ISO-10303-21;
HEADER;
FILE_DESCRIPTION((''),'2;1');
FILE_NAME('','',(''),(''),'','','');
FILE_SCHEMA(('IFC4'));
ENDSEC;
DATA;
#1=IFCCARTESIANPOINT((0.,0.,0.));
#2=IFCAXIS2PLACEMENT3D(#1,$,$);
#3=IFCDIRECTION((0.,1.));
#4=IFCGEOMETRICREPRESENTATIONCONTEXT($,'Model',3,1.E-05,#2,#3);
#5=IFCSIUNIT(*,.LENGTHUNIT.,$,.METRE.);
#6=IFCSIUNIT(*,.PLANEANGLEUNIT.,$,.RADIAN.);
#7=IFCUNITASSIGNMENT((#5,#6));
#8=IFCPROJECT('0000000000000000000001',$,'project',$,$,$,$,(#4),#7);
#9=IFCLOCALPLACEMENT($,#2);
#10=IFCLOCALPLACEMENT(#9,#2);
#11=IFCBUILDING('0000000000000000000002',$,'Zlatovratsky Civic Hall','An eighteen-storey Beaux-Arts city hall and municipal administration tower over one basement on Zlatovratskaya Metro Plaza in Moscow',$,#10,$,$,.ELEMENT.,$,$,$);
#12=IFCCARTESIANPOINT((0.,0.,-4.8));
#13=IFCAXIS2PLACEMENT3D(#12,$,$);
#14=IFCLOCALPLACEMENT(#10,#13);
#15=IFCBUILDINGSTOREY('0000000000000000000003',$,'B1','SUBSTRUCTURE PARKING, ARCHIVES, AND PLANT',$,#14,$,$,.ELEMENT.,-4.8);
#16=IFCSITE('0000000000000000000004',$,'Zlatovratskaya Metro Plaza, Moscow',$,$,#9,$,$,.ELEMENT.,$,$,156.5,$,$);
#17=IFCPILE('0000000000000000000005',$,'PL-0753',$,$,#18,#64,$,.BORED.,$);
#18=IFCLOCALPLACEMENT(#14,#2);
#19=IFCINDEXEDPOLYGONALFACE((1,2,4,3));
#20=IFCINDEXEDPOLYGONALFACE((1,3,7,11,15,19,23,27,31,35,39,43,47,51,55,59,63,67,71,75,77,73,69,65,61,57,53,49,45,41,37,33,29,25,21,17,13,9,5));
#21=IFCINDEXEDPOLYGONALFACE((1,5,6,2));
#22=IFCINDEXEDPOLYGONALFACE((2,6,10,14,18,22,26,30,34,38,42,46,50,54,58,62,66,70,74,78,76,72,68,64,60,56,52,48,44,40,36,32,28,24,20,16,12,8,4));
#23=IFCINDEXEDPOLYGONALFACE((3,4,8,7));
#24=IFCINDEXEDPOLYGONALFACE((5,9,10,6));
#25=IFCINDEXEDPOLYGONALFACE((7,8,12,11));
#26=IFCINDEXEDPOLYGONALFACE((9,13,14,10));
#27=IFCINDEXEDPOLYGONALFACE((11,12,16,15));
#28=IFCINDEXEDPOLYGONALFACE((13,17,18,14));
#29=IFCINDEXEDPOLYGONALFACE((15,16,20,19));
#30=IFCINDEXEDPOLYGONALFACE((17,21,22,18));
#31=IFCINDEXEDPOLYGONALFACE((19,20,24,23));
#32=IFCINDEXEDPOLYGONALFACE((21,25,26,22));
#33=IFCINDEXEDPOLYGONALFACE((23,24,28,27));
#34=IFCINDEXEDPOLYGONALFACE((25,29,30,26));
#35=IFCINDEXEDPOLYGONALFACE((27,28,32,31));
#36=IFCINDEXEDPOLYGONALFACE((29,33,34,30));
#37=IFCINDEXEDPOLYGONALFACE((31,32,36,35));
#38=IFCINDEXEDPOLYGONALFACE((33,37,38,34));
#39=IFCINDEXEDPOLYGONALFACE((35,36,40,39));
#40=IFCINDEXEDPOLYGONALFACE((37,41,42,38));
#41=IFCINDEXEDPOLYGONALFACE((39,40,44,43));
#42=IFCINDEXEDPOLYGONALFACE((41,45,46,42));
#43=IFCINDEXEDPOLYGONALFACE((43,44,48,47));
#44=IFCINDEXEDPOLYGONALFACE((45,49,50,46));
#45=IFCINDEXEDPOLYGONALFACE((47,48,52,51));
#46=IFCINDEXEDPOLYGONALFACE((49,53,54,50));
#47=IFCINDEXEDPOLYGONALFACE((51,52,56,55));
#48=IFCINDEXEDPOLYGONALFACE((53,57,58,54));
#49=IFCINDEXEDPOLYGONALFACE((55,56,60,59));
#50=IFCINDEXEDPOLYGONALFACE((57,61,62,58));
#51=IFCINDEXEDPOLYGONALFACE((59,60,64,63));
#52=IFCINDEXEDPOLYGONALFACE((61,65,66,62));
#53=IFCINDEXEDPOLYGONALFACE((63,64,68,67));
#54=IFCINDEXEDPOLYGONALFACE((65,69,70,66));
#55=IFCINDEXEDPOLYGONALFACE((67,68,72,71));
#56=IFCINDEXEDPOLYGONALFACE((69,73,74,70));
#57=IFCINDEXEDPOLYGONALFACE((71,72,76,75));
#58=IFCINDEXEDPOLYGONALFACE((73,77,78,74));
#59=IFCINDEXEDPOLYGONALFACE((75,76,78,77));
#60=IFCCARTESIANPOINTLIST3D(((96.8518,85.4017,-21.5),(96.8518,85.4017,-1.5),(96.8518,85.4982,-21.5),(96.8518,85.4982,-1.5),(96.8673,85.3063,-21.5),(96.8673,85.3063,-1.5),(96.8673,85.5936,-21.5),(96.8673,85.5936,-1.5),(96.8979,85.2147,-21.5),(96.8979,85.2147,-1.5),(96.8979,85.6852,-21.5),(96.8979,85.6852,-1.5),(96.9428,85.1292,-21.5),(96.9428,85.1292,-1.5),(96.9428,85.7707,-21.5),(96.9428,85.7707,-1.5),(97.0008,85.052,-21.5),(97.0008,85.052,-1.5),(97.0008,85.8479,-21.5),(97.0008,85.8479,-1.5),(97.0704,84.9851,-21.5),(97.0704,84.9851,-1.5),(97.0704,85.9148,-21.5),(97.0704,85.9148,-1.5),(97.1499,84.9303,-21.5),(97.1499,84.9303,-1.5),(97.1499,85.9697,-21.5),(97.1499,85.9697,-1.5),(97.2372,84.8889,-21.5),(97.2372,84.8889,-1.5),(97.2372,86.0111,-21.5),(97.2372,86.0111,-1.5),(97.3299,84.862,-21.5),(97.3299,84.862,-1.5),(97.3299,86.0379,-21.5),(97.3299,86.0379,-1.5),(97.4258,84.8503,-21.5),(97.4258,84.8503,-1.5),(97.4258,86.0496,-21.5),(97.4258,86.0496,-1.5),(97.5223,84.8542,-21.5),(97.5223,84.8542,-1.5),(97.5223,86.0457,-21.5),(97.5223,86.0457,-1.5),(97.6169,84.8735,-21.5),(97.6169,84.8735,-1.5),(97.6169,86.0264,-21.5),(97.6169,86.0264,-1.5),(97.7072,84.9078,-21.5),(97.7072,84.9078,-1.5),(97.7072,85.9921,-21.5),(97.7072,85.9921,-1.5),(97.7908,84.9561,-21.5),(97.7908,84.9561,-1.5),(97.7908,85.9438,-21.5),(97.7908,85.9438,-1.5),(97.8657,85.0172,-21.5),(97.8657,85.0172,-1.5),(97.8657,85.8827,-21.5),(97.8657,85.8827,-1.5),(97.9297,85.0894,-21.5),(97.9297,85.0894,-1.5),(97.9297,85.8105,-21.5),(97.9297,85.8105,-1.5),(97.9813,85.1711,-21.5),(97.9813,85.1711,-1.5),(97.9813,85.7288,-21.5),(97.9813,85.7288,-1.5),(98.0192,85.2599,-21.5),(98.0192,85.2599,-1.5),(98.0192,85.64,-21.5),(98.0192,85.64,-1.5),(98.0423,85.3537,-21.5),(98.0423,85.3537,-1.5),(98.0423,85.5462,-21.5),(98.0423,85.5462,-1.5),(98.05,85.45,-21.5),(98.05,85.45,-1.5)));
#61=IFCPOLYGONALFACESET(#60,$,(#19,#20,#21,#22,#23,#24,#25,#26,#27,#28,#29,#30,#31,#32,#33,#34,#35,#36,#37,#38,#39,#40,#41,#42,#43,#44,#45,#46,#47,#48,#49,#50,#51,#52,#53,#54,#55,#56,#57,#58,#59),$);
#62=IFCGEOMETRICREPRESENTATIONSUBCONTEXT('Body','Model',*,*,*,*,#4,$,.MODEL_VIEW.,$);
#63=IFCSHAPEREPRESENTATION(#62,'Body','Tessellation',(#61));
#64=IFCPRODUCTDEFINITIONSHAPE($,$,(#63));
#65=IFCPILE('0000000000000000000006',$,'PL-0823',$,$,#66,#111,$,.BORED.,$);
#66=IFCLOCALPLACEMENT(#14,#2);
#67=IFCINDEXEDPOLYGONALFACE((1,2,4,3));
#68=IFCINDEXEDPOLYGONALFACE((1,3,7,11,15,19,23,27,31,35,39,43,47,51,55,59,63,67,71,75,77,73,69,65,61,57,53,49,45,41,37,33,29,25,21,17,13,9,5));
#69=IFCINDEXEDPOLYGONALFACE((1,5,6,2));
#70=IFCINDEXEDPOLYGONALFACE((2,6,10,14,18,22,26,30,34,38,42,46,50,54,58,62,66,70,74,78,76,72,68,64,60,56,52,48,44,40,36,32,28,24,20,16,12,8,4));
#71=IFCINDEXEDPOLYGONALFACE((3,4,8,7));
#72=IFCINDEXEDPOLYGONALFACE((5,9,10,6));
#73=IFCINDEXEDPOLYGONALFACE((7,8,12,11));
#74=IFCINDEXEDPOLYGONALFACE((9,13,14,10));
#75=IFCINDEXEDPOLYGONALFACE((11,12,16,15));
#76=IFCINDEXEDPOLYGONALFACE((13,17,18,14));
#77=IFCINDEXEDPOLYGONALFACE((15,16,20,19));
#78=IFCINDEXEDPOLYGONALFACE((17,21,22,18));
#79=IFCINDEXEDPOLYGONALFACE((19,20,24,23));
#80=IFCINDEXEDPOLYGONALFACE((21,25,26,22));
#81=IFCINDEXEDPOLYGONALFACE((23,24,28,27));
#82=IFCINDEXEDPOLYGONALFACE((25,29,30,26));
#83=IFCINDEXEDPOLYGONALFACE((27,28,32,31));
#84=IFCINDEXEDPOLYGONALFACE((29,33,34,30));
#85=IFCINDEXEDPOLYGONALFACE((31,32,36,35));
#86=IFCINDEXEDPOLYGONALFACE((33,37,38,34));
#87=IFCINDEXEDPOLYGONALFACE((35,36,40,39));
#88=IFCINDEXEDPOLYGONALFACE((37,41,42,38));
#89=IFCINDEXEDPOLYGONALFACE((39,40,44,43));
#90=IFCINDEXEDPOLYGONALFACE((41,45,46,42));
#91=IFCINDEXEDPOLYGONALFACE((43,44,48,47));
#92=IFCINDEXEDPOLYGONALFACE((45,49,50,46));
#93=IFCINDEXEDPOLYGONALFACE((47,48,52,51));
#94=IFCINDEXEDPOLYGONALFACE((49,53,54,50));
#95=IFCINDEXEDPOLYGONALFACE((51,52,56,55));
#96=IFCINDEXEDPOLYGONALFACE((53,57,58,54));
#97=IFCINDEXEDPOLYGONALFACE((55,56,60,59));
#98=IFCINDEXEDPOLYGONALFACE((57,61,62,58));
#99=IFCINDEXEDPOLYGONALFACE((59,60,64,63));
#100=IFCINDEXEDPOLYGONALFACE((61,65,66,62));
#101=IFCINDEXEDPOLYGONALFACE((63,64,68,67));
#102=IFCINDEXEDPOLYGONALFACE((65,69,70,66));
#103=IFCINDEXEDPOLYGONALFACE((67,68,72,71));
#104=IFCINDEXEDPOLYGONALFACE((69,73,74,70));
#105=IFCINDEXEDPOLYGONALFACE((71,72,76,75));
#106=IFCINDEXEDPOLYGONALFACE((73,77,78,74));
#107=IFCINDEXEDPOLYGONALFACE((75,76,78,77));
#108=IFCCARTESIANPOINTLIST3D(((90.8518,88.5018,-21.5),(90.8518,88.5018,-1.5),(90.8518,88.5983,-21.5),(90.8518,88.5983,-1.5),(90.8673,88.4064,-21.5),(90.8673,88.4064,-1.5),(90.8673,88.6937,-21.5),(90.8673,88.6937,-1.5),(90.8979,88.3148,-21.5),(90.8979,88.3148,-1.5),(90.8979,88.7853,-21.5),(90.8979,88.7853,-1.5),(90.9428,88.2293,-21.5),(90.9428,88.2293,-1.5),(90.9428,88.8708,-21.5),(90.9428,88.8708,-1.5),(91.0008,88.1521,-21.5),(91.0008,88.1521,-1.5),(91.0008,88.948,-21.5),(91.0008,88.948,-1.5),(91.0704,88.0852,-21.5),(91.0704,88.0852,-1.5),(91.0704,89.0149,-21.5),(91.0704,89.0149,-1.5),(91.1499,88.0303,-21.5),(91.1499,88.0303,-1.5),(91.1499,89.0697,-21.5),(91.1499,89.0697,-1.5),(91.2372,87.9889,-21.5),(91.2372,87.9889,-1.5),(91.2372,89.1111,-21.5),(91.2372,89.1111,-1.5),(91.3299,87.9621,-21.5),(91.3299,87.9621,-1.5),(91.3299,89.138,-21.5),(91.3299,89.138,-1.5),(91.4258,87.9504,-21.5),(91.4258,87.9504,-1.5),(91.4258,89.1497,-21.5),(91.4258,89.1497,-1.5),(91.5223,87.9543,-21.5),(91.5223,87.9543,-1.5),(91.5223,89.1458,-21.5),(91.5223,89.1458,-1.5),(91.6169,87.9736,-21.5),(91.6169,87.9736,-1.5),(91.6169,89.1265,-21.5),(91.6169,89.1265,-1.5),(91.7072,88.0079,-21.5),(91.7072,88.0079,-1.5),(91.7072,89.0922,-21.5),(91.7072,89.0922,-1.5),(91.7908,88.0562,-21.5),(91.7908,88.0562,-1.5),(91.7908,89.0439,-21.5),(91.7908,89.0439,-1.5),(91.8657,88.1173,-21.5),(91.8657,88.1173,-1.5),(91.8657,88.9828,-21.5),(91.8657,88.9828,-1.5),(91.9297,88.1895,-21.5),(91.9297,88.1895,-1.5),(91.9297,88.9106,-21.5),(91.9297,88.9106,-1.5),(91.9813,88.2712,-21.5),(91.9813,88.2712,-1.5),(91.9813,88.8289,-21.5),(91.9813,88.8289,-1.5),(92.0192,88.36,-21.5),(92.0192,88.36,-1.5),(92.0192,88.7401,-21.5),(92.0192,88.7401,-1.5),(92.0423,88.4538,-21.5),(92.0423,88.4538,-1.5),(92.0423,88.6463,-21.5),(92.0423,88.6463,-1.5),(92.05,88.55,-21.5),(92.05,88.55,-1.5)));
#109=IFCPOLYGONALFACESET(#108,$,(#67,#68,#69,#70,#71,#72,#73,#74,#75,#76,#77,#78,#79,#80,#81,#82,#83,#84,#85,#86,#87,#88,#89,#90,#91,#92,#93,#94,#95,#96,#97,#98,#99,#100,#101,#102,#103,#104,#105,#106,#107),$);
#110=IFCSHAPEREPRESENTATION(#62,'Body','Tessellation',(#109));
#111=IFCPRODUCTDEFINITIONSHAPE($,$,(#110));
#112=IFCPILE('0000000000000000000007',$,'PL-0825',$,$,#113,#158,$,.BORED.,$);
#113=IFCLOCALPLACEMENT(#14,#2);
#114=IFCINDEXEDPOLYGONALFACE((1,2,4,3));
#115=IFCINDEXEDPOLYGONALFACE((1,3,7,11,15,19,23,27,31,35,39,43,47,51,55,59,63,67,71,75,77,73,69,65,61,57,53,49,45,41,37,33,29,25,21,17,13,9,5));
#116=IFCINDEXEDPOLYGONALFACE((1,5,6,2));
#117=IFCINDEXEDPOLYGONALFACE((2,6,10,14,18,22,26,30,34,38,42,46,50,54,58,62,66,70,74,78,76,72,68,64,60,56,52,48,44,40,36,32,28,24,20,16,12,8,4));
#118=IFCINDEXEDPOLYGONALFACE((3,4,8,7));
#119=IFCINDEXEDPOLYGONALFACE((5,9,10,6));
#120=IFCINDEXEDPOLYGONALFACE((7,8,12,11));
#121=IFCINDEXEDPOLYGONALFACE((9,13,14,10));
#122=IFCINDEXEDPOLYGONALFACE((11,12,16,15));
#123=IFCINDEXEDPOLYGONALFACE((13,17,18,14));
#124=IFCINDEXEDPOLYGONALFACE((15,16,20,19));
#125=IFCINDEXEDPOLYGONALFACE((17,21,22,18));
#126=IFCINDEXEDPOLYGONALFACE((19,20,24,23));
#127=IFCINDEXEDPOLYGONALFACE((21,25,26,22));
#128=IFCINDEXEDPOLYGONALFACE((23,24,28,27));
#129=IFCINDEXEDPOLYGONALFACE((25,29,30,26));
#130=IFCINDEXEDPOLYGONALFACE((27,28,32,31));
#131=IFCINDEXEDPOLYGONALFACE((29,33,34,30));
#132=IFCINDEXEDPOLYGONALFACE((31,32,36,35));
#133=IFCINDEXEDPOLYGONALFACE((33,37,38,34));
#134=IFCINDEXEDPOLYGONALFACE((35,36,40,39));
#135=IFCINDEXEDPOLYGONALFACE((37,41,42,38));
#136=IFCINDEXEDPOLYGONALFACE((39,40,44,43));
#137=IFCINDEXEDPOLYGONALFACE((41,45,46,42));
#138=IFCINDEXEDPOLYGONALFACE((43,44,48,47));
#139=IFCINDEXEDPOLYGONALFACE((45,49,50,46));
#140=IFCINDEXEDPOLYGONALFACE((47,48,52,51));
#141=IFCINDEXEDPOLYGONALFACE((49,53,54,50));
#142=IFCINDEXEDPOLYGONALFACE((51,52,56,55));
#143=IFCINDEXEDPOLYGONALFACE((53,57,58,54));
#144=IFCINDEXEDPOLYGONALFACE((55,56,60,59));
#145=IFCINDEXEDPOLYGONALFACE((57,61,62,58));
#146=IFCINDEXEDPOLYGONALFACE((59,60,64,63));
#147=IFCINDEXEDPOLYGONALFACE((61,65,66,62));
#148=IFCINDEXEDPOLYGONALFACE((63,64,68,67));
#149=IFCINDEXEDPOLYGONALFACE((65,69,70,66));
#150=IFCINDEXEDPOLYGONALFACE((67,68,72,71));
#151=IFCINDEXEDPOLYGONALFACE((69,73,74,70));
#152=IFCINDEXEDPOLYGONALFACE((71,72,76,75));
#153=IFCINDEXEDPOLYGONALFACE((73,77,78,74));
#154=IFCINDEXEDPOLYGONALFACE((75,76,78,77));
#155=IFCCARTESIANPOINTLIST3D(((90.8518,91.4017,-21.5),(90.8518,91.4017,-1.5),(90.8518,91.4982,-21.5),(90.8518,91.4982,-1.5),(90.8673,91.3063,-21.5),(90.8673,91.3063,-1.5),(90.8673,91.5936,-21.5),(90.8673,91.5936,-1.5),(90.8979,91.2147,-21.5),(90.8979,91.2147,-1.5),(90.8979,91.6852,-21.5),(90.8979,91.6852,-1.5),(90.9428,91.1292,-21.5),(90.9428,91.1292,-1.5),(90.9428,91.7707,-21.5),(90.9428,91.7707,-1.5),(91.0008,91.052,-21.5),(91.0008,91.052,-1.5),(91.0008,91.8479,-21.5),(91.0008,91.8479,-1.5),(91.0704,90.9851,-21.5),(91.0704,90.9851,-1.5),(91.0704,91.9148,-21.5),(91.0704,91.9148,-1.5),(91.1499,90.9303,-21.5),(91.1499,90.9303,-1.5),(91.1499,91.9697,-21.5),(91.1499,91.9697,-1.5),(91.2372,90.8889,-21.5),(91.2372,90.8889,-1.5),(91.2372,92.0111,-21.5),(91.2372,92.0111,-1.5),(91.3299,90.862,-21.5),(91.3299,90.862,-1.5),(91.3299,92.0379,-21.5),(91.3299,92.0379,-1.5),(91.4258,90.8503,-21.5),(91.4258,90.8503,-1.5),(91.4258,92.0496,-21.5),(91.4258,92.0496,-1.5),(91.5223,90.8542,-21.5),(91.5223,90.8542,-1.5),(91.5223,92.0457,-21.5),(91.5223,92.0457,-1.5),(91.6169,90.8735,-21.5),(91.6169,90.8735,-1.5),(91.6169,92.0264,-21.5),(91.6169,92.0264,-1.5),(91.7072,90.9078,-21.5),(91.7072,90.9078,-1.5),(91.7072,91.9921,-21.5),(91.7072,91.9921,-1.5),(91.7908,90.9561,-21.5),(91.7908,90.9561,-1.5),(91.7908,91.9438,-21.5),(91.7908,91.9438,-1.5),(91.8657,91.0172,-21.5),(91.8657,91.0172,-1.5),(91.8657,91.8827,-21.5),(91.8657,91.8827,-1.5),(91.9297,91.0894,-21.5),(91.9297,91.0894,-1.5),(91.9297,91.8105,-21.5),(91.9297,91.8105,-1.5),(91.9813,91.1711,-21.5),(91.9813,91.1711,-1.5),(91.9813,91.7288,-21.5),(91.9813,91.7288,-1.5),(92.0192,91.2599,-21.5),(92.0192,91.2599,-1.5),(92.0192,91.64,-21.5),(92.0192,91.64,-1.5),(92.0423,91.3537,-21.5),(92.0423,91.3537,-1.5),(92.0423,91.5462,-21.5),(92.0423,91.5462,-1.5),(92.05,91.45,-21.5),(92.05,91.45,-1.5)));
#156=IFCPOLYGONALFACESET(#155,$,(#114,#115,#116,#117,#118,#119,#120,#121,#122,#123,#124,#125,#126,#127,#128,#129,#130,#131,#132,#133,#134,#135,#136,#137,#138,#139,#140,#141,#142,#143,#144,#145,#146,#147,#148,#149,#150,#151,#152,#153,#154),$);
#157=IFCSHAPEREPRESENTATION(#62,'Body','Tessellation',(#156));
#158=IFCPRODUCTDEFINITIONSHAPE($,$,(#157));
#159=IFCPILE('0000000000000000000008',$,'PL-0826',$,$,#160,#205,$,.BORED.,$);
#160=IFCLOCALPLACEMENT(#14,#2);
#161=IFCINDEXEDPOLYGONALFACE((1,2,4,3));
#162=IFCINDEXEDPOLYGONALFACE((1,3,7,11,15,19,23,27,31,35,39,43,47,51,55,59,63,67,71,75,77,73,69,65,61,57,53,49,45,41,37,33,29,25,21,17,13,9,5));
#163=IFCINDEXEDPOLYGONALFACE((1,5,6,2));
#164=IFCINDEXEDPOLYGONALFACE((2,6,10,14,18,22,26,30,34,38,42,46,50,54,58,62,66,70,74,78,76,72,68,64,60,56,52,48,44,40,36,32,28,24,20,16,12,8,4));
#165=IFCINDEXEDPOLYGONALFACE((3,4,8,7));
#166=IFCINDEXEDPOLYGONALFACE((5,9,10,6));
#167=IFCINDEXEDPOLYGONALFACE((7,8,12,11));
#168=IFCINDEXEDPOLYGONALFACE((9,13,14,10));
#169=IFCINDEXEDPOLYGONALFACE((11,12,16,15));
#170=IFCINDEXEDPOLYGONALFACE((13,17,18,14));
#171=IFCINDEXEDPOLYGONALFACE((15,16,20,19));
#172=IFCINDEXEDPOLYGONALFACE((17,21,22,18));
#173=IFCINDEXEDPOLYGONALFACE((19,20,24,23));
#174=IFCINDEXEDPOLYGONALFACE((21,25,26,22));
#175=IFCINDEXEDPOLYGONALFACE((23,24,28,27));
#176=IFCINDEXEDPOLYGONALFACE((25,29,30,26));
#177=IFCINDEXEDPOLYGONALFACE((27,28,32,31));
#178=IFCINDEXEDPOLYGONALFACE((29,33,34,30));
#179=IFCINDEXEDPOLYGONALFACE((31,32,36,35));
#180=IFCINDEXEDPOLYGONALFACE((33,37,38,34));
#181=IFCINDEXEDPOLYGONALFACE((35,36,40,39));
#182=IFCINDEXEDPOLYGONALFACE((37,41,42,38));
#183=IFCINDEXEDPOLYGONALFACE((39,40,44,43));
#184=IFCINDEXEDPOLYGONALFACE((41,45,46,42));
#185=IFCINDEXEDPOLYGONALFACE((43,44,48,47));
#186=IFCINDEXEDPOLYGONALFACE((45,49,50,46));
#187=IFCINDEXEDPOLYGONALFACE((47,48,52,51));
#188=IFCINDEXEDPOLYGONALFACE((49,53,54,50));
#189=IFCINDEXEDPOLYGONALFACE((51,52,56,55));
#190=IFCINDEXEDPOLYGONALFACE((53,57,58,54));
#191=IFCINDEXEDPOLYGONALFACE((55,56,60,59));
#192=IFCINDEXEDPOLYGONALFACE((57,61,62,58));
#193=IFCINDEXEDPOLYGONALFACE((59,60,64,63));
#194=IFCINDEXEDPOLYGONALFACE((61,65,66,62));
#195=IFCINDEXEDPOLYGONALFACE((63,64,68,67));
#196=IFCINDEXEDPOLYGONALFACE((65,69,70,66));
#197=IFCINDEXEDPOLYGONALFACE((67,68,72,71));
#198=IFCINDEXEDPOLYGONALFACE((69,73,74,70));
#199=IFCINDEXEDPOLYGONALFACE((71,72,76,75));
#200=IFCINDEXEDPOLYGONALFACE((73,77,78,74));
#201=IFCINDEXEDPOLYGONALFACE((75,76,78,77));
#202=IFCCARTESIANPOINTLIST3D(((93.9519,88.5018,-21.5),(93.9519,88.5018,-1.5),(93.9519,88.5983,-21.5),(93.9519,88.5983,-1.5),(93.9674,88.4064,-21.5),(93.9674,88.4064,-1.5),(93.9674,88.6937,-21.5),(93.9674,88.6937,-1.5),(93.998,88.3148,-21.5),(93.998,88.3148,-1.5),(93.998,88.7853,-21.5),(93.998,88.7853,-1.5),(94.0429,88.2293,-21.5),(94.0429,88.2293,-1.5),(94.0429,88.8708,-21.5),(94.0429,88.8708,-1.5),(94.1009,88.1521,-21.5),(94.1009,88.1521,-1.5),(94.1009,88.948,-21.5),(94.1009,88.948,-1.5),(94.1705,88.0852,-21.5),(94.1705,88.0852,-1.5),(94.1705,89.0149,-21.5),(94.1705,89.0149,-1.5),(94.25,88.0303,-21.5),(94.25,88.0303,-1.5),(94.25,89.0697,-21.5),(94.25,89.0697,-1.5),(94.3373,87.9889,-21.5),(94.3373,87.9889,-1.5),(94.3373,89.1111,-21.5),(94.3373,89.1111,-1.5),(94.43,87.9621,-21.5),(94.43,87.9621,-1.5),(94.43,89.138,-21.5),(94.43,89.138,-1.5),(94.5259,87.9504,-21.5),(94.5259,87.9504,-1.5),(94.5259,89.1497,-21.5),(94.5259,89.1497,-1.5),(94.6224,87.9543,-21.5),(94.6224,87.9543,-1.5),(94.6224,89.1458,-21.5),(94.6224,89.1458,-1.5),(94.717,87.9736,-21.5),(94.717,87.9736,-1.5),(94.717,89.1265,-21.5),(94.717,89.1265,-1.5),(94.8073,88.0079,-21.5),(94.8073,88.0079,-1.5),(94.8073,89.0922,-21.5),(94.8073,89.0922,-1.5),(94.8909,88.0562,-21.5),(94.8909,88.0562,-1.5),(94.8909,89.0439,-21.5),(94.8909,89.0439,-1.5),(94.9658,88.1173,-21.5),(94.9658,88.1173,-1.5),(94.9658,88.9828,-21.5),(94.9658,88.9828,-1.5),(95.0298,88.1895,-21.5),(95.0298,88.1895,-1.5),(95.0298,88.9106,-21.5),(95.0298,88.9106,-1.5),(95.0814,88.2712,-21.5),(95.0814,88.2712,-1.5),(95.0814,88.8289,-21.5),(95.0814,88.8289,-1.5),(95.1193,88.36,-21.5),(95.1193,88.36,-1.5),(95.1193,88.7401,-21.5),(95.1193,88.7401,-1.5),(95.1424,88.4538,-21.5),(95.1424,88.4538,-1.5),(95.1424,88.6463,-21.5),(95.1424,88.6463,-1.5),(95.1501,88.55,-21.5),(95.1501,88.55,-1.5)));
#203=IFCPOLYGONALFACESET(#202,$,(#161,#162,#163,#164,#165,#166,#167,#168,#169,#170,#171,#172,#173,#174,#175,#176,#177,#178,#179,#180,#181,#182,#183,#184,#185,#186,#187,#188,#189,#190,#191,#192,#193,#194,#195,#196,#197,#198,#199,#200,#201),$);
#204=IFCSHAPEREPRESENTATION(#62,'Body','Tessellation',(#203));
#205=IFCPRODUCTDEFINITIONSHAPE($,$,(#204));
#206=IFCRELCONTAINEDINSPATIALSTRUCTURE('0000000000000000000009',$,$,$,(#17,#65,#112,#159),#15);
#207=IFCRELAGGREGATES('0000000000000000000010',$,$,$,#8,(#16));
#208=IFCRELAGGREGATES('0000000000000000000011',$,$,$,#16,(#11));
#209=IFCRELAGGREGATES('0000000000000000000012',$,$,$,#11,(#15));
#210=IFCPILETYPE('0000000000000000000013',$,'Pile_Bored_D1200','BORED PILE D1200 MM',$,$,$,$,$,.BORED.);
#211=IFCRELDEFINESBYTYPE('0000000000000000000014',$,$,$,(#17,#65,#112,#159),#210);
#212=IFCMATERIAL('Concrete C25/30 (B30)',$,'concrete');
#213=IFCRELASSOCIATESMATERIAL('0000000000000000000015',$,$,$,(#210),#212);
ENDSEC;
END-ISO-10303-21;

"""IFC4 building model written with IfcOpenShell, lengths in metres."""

from ifc_helpers import new_model, si_unit, direction, frame, origin, origin_2d, place, context, subcontext, project, spatial, circle, extrude, material, material_profile, profile_set, type_object, element, save


model = new_model("IFC4")

# Units and contexts
model_context = context("Model", 3, precision=1e-05, world=origin(), true_north=direction((0.0, 1.0)))
body_context = subcontext(model_context, "Body", "Model", "MODEL_VIEW")
ifc_project = project(units=[si_unit("LENGTHUNIT", "METRE"), si_unit("PLANEANGLEUNIT", "RADIAN")], contexts=[model_context])

# Site, building, storey
site_placement = place(None, origin())
site = spatial("IfcSite", under=ifc_project, at=site_placement, Name="Zlatovratskaya Metro Plaza, Moscow", CompositionType="ELEMENT", RefElevation=156.5)
building_placement = place(site_placement, origin())
building = spatial("IfcBuilding", under=site, at=building_placement, Name="Zlatovratsky Civic Hall", Description="An eighteen-storey Beaux-Arts city hall and municipal administration tower over one basement on Zlatovratskaya Metro Plaza in Moscow", CompositionType="ELEMENT")
storey_placement = place(building_placement, frame((0.0, 0.0, -4.8)))
storey = spatial("IfcBuildingStorey", under=building, at=storey_placement, Name="B1", Description="SUBSTRUCTURE PARKING, ARCHIVES, AND PLANT", CompositionType="ELEMENT", Elevation=-4.8)

# Shared definitions
ifc_material_1 = material(Name="Concrete C25/30 (B30)", Category="concrete")

# Piles
ifc_material_profile_1 = material_profile(ifc_material_1, circle(Radius=0.6001, at=origin_2d()), Name="PILE D1200")
ifc_profile_set_1 = profile_set([ifc_material_profile_1], Name="Concrete C25/30 (B30)")
pile_type = type_object("IfcPileType", Name="Pile_Bored_D1200", Description="BORED PILE D1200 MM", PredefinedType="BORED", material=ifc_profile_set_1)
for number, where, z_axis, x_axis, name in (
    (1, (97.45, 85.45, -1.5), (0.0, 0.0, -1.0), (1.0, 0.0, 0.0), "PL-0753"),
    (2, (91.45, 88.55, -1.5), (0.0, 0.0, -1.0), (1.0, 0.0, 0.0), "PL-0823"),
    (3, (91.45, 91.45, -1.5), (0.0, 0.0, -1.0), (1.0, 0.0, 0.0), "PL-0825"),
    (4, (94.55, 88.55, -1.5), (0.0, 0.0, -1.0), (1.0, 0.0, 0.0), "PL-0826"),
):
    element("IfcPile", number, at=place(storey_placement, frame(where, z_axis=z_axis, x_axis=x_axis)), inside=storey, type_object=pile_type, Name=name, PredefinedType="BORED", context=body_context, shape_type="SweptSolid", body=[
        extrude(circle(Radius=0.6001, at=origin_2d()), origin(), (0.0, 0.0, 1.0), 20.0),
    ])

save(model, "model.ifc")
